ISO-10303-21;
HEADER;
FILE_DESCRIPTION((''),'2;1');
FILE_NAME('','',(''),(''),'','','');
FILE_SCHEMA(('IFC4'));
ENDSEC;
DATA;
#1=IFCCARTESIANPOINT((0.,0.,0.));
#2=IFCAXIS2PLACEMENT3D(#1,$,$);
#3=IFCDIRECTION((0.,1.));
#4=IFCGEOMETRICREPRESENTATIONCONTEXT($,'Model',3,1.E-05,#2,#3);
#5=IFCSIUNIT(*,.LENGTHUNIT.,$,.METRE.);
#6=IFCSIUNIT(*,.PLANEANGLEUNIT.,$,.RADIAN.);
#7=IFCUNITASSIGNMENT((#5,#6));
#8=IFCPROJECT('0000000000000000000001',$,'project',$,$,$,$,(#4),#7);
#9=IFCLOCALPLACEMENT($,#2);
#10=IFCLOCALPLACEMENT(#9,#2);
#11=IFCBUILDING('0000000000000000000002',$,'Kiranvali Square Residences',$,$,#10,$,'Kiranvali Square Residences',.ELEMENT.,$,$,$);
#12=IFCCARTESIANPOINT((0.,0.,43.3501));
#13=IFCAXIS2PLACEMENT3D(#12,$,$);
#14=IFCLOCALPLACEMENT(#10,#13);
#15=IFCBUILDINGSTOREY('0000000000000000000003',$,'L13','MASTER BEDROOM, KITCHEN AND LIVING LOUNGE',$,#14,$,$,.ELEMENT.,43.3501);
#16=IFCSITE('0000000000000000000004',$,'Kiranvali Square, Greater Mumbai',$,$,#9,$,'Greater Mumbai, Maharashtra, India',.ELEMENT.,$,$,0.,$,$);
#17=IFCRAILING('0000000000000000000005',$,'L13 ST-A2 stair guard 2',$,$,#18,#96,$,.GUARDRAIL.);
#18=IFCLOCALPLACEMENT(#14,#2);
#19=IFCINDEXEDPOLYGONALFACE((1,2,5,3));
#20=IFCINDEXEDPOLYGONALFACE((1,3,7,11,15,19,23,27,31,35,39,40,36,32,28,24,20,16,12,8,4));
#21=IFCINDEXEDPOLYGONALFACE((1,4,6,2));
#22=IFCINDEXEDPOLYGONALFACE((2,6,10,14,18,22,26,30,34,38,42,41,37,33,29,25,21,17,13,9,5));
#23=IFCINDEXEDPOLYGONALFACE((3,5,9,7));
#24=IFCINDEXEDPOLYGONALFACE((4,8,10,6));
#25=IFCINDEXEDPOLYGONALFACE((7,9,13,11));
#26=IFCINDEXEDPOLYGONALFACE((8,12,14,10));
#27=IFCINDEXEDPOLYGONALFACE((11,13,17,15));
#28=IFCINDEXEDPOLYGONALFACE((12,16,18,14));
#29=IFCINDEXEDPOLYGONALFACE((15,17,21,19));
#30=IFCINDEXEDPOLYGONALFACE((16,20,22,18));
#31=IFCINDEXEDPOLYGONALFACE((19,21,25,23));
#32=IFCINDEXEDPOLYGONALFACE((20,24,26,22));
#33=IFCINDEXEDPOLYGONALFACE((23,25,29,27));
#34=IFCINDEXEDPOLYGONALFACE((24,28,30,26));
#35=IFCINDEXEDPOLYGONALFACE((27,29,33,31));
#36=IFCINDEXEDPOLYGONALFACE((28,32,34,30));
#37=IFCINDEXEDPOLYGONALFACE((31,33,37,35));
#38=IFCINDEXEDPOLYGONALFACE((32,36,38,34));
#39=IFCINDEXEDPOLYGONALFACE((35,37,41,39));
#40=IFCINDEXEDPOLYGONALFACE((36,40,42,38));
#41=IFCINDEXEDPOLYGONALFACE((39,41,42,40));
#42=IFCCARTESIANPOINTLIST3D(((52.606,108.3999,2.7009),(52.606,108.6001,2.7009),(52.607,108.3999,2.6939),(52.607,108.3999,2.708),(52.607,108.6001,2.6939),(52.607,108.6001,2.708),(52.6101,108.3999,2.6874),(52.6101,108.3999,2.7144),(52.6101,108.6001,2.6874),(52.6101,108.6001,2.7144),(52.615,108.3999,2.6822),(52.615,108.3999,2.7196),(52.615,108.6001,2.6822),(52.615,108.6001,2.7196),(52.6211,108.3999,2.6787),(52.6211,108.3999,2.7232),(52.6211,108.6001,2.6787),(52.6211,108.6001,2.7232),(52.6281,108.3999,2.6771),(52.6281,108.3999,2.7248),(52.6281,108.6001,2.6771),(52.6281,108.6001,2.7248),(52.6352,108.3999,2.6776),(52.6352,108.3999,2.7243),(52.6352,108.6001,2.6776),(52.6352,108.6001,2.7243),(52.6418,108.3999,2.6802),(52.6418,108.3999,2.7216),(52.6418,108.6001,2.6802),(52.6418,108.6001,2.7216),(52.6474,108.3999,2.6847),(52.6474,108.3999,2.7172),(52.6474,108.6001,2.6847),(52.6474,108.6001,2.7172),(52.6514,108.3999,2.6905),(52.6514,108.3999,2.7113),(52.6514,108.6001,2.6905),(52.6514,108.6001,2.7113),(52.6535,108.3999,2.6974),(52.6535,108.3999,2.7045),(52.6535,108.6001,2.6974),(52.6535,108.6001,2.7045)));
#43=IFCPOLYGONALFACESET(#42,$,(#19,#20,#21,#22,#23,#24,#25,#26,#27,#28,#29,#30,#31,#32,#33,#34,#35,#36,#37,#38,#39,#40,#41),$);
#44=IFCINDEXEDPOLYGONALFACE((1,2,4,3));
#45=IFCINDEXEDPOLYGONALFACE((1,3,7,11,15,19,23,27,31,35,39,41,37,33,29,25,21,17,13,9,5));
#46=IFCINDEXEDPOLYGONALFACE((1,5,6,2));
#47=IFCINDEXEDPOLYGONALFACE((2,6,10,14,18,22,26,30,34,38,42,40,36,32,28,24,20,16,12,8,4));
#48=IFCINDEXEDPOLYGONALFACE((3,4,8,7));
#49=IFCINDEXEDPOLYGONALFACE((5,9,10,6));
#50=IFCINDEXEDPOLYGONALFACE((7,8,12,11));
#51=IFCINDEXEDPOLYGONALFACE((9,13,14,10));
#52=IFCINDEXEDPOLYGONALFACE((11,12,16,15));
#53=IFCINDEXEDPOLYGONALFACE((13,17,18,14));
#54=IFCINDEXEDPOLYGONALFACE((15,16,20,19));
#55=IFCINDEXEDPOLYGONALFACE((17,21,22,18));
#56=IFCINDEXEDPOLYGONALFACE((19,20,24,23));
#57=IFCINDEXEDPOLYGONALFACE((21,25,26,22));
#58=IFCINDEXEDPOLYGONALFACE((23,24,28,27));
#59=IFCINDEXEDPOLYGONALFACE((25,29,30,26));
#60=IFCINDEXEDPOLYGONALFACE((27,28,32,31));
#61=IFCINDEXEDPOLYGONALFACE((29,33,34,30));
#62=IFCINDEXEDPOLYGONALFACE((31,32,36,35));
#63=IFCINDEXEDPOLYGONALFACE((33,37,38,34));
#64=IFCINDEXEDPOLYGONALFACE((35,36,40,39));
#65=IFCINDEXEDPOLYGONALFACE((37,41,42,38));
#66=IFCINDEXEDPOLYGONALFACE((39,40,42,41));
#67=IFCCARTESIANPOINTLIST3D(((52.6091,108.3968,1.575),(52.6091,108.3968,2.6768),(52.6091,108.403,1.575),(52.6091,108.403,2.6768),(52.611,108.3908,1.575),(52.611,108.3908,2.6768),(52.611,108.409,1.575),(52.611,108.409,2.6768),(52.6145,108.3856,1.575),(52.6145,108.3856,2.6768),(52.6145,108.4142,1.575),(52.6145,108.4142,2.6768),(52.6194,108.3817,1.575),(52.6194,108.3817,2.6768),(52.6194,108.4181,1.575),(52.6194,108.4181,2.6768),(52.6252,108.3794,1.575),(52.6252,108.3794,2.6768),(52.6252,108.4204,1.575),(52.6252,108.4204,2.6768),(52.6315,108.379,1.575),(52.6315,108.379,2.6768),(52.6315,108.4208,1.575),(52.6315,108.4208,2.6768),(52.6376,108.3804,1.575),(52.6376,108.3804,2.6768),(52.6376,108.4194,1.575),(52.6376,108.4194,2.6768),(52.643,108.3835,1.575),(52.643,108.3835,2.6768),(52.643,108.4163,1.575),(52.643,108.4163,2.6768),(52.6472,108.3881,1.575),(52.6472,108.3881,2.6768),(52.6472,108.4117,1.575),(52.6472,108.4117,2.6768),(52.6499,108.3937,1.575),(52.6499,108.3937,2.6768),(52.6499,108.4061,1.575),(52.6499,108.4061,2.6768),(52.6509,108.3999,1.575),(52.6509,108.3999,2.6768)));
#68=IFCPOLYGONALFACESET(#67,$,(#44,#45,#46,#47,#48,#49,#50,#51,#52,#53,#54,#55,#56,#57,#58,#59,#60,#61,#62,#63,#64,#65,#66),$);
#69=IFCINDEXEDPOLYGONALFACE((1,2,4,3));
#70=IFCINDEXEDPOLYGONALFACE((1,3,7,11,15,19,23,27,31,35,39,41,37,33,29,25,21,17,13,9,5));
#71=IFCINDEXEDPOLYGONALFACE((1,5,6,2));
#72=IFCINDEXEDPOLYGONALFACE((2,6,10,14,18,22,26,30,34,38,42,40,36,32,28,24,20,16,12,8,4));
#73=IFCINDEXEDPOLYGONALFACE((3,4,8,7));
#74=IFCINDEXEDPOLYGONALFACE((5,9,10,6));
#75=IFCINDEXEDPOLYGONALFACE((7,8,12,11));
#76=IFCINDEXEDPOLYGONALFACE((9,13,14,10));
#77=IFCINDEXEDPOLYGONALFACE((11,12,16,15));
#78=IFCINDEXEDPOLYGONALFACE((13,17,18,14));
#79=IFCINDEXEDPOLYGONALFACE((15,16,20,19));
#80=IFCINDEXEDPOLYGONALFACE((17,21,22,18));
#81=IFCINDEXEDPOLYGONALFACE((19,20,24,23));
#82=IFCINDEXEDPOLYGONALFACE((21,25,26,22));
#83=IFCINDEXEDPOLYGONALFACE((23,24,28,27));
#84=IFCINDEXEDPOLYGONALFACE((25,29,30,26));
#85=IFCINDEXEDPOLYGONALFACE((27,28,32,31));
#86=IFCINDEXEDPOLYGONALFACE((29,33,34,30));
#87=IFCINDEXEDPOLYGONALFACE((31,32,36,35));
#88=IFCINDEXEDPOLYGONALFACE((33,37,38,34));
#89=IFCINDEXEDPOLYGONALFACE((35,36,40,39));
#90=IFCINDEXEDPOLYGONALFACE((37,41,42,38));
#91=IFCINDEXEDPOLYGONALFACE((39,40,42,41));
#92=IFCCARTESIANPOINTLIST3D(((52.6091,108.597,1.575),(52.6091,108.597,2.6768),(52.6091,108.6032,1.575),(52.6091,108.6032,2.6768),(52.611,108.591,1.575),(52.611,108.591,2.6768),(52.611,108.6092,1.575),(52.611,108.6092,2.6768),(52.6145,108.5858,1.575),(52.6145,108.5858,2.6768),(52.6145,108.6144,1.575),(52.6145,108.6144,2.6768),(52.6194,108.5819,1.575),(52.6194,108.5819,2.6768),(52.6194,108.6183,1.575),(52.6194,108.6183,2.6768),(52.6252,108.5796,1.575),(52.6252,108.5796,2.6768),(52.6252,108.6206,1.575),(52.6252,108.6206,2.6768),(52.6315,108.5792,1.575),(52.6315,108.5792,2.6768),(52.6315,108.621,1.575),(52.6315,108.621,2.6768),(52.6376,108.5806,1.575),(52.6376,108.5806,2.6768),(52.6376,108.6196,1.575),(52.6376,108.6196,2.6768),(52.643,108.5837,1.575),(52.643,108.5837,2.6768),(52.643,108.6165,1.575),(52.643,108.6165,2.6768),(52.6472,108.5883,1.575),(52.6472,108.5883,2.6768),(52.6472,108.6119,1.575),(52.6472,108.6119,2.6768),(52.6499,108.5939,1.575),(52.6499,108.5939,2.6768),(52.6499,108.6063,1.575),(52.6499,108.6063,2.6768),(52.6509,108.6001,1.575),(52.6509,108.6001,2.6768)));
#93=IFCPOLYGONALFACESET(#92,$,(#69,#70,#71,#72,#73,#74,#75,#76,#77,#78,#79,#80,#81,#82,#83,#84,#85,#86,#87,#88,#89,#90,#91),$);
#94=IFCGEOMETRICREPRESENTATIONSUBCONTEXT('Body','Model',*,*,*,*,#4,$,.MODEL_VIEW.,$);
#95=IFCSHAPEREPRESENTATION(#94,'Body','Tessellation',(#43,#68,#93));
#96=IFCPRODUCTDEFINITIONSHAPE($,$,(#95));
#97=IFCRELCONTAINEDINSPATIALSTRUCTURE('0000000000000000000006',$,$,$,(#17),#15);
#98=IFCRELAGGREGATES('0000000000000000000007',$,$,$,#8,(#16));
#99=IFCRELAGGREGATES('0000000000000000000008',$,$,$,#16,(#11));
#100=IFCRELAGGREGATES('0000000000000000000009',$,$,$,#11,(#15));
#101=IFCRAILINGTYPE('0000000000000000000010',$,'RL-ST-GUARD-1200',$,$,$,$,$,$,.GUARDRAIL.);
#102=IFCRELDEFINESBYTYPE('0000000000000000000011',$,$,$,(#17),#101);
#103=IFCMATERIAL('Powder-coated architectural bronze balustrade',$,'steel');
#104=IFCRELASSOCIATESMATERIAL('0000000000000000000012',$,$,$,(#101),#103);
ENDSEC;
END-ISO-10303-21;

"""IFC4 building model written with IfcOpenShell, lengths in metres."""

from ifc_helpers import new_model, si_unit, direction, frame, origin, origin_2d, place, context, subcontext, project, spatial, circle, extrude, material, type_object, element, save


model = new_model("IFC4")

# Units and contexts
model_context = context("Model", 3, precision=1e-05, world=origin(), true_north=direction((0.0, 1.0)))
body_context = subcontext(model_context, "Body", "Model", "MODEL_VIEW")
ifc_project = project(units=[si_unit("LENGTHUNIT", "METRE"), si_unit("PLANEANGLEUNIT", "RADIAN")], contexts=[model_context])

# Site, building, storey
site_placement = place(None, origin())
site = spatial("IfcSite", under=ifc_project, at=site_placement, Name="Kiranvali Square, Greater Mumbai", LongName="Greater Mumbai, Maharashtra, India", CompositionType="ELEMENT", RefElevation=0.0)
building_placement = place(site_placement, origin())
building = spatial("IfcBuilding", under=site, at=building_placement, Name="Kiranvali Square Residences", LongName="Kiranvali Square Residences", CompositionType="ELEMENT")
storey_placement = place(building_placement, frame((0.0, 0.0, 43.3501)))
storey = spatial("IfcBuildingStorey", under=building, at=storey_placement, Name="L13", Description="MASTER BEDROOM, KITCHEN AND LIVING LOUNGE", CompositionType="ELEMENT", Elevation=43.3501)

# Railing
ifc_material_1 = material(Name="Powder-coated architectural bronze balustrade", Category="steel")
railing_type_1 = type_object("IfcRailingType", Name="RL-ST-GUARD-1200", PredefinedType="GUARDRAIL", material=ifc_material_1)
railing_1_placement = place(storey_placement, frame((52.6299, 108.3999, 1.575)))
element("IfcRailing", 1, at=railing_1_placement, inside=storey, type_object=railing_type_1, Name="L13 ST-A2 stair guard 2", PredefinedType="GUARDRAIL", context=body_context, shape_type="SweptSolid", body=[
    extrude(circle(Radius=0.0239, at=origin_2d()), frame((0.0, 0.0, 1.126), z_axis=(0.0, 1.0, 0.0), x_axis=(-1.0, 0.0, 0.0)), (0.0, 0.0, 1.0), 0.2002),
    extrude(circle(Radius=0.021, at=origin_2d()), origin(), (0.0, 0.0, 1.0), 1.1018),
    extrude(circle(Radius=0.021, at=origin_2d()), frame((0.0, 0.2002, 0.0)), (0.0, 0.0, 1.0), 1.1018),
])

save(model, "model.ifc")
